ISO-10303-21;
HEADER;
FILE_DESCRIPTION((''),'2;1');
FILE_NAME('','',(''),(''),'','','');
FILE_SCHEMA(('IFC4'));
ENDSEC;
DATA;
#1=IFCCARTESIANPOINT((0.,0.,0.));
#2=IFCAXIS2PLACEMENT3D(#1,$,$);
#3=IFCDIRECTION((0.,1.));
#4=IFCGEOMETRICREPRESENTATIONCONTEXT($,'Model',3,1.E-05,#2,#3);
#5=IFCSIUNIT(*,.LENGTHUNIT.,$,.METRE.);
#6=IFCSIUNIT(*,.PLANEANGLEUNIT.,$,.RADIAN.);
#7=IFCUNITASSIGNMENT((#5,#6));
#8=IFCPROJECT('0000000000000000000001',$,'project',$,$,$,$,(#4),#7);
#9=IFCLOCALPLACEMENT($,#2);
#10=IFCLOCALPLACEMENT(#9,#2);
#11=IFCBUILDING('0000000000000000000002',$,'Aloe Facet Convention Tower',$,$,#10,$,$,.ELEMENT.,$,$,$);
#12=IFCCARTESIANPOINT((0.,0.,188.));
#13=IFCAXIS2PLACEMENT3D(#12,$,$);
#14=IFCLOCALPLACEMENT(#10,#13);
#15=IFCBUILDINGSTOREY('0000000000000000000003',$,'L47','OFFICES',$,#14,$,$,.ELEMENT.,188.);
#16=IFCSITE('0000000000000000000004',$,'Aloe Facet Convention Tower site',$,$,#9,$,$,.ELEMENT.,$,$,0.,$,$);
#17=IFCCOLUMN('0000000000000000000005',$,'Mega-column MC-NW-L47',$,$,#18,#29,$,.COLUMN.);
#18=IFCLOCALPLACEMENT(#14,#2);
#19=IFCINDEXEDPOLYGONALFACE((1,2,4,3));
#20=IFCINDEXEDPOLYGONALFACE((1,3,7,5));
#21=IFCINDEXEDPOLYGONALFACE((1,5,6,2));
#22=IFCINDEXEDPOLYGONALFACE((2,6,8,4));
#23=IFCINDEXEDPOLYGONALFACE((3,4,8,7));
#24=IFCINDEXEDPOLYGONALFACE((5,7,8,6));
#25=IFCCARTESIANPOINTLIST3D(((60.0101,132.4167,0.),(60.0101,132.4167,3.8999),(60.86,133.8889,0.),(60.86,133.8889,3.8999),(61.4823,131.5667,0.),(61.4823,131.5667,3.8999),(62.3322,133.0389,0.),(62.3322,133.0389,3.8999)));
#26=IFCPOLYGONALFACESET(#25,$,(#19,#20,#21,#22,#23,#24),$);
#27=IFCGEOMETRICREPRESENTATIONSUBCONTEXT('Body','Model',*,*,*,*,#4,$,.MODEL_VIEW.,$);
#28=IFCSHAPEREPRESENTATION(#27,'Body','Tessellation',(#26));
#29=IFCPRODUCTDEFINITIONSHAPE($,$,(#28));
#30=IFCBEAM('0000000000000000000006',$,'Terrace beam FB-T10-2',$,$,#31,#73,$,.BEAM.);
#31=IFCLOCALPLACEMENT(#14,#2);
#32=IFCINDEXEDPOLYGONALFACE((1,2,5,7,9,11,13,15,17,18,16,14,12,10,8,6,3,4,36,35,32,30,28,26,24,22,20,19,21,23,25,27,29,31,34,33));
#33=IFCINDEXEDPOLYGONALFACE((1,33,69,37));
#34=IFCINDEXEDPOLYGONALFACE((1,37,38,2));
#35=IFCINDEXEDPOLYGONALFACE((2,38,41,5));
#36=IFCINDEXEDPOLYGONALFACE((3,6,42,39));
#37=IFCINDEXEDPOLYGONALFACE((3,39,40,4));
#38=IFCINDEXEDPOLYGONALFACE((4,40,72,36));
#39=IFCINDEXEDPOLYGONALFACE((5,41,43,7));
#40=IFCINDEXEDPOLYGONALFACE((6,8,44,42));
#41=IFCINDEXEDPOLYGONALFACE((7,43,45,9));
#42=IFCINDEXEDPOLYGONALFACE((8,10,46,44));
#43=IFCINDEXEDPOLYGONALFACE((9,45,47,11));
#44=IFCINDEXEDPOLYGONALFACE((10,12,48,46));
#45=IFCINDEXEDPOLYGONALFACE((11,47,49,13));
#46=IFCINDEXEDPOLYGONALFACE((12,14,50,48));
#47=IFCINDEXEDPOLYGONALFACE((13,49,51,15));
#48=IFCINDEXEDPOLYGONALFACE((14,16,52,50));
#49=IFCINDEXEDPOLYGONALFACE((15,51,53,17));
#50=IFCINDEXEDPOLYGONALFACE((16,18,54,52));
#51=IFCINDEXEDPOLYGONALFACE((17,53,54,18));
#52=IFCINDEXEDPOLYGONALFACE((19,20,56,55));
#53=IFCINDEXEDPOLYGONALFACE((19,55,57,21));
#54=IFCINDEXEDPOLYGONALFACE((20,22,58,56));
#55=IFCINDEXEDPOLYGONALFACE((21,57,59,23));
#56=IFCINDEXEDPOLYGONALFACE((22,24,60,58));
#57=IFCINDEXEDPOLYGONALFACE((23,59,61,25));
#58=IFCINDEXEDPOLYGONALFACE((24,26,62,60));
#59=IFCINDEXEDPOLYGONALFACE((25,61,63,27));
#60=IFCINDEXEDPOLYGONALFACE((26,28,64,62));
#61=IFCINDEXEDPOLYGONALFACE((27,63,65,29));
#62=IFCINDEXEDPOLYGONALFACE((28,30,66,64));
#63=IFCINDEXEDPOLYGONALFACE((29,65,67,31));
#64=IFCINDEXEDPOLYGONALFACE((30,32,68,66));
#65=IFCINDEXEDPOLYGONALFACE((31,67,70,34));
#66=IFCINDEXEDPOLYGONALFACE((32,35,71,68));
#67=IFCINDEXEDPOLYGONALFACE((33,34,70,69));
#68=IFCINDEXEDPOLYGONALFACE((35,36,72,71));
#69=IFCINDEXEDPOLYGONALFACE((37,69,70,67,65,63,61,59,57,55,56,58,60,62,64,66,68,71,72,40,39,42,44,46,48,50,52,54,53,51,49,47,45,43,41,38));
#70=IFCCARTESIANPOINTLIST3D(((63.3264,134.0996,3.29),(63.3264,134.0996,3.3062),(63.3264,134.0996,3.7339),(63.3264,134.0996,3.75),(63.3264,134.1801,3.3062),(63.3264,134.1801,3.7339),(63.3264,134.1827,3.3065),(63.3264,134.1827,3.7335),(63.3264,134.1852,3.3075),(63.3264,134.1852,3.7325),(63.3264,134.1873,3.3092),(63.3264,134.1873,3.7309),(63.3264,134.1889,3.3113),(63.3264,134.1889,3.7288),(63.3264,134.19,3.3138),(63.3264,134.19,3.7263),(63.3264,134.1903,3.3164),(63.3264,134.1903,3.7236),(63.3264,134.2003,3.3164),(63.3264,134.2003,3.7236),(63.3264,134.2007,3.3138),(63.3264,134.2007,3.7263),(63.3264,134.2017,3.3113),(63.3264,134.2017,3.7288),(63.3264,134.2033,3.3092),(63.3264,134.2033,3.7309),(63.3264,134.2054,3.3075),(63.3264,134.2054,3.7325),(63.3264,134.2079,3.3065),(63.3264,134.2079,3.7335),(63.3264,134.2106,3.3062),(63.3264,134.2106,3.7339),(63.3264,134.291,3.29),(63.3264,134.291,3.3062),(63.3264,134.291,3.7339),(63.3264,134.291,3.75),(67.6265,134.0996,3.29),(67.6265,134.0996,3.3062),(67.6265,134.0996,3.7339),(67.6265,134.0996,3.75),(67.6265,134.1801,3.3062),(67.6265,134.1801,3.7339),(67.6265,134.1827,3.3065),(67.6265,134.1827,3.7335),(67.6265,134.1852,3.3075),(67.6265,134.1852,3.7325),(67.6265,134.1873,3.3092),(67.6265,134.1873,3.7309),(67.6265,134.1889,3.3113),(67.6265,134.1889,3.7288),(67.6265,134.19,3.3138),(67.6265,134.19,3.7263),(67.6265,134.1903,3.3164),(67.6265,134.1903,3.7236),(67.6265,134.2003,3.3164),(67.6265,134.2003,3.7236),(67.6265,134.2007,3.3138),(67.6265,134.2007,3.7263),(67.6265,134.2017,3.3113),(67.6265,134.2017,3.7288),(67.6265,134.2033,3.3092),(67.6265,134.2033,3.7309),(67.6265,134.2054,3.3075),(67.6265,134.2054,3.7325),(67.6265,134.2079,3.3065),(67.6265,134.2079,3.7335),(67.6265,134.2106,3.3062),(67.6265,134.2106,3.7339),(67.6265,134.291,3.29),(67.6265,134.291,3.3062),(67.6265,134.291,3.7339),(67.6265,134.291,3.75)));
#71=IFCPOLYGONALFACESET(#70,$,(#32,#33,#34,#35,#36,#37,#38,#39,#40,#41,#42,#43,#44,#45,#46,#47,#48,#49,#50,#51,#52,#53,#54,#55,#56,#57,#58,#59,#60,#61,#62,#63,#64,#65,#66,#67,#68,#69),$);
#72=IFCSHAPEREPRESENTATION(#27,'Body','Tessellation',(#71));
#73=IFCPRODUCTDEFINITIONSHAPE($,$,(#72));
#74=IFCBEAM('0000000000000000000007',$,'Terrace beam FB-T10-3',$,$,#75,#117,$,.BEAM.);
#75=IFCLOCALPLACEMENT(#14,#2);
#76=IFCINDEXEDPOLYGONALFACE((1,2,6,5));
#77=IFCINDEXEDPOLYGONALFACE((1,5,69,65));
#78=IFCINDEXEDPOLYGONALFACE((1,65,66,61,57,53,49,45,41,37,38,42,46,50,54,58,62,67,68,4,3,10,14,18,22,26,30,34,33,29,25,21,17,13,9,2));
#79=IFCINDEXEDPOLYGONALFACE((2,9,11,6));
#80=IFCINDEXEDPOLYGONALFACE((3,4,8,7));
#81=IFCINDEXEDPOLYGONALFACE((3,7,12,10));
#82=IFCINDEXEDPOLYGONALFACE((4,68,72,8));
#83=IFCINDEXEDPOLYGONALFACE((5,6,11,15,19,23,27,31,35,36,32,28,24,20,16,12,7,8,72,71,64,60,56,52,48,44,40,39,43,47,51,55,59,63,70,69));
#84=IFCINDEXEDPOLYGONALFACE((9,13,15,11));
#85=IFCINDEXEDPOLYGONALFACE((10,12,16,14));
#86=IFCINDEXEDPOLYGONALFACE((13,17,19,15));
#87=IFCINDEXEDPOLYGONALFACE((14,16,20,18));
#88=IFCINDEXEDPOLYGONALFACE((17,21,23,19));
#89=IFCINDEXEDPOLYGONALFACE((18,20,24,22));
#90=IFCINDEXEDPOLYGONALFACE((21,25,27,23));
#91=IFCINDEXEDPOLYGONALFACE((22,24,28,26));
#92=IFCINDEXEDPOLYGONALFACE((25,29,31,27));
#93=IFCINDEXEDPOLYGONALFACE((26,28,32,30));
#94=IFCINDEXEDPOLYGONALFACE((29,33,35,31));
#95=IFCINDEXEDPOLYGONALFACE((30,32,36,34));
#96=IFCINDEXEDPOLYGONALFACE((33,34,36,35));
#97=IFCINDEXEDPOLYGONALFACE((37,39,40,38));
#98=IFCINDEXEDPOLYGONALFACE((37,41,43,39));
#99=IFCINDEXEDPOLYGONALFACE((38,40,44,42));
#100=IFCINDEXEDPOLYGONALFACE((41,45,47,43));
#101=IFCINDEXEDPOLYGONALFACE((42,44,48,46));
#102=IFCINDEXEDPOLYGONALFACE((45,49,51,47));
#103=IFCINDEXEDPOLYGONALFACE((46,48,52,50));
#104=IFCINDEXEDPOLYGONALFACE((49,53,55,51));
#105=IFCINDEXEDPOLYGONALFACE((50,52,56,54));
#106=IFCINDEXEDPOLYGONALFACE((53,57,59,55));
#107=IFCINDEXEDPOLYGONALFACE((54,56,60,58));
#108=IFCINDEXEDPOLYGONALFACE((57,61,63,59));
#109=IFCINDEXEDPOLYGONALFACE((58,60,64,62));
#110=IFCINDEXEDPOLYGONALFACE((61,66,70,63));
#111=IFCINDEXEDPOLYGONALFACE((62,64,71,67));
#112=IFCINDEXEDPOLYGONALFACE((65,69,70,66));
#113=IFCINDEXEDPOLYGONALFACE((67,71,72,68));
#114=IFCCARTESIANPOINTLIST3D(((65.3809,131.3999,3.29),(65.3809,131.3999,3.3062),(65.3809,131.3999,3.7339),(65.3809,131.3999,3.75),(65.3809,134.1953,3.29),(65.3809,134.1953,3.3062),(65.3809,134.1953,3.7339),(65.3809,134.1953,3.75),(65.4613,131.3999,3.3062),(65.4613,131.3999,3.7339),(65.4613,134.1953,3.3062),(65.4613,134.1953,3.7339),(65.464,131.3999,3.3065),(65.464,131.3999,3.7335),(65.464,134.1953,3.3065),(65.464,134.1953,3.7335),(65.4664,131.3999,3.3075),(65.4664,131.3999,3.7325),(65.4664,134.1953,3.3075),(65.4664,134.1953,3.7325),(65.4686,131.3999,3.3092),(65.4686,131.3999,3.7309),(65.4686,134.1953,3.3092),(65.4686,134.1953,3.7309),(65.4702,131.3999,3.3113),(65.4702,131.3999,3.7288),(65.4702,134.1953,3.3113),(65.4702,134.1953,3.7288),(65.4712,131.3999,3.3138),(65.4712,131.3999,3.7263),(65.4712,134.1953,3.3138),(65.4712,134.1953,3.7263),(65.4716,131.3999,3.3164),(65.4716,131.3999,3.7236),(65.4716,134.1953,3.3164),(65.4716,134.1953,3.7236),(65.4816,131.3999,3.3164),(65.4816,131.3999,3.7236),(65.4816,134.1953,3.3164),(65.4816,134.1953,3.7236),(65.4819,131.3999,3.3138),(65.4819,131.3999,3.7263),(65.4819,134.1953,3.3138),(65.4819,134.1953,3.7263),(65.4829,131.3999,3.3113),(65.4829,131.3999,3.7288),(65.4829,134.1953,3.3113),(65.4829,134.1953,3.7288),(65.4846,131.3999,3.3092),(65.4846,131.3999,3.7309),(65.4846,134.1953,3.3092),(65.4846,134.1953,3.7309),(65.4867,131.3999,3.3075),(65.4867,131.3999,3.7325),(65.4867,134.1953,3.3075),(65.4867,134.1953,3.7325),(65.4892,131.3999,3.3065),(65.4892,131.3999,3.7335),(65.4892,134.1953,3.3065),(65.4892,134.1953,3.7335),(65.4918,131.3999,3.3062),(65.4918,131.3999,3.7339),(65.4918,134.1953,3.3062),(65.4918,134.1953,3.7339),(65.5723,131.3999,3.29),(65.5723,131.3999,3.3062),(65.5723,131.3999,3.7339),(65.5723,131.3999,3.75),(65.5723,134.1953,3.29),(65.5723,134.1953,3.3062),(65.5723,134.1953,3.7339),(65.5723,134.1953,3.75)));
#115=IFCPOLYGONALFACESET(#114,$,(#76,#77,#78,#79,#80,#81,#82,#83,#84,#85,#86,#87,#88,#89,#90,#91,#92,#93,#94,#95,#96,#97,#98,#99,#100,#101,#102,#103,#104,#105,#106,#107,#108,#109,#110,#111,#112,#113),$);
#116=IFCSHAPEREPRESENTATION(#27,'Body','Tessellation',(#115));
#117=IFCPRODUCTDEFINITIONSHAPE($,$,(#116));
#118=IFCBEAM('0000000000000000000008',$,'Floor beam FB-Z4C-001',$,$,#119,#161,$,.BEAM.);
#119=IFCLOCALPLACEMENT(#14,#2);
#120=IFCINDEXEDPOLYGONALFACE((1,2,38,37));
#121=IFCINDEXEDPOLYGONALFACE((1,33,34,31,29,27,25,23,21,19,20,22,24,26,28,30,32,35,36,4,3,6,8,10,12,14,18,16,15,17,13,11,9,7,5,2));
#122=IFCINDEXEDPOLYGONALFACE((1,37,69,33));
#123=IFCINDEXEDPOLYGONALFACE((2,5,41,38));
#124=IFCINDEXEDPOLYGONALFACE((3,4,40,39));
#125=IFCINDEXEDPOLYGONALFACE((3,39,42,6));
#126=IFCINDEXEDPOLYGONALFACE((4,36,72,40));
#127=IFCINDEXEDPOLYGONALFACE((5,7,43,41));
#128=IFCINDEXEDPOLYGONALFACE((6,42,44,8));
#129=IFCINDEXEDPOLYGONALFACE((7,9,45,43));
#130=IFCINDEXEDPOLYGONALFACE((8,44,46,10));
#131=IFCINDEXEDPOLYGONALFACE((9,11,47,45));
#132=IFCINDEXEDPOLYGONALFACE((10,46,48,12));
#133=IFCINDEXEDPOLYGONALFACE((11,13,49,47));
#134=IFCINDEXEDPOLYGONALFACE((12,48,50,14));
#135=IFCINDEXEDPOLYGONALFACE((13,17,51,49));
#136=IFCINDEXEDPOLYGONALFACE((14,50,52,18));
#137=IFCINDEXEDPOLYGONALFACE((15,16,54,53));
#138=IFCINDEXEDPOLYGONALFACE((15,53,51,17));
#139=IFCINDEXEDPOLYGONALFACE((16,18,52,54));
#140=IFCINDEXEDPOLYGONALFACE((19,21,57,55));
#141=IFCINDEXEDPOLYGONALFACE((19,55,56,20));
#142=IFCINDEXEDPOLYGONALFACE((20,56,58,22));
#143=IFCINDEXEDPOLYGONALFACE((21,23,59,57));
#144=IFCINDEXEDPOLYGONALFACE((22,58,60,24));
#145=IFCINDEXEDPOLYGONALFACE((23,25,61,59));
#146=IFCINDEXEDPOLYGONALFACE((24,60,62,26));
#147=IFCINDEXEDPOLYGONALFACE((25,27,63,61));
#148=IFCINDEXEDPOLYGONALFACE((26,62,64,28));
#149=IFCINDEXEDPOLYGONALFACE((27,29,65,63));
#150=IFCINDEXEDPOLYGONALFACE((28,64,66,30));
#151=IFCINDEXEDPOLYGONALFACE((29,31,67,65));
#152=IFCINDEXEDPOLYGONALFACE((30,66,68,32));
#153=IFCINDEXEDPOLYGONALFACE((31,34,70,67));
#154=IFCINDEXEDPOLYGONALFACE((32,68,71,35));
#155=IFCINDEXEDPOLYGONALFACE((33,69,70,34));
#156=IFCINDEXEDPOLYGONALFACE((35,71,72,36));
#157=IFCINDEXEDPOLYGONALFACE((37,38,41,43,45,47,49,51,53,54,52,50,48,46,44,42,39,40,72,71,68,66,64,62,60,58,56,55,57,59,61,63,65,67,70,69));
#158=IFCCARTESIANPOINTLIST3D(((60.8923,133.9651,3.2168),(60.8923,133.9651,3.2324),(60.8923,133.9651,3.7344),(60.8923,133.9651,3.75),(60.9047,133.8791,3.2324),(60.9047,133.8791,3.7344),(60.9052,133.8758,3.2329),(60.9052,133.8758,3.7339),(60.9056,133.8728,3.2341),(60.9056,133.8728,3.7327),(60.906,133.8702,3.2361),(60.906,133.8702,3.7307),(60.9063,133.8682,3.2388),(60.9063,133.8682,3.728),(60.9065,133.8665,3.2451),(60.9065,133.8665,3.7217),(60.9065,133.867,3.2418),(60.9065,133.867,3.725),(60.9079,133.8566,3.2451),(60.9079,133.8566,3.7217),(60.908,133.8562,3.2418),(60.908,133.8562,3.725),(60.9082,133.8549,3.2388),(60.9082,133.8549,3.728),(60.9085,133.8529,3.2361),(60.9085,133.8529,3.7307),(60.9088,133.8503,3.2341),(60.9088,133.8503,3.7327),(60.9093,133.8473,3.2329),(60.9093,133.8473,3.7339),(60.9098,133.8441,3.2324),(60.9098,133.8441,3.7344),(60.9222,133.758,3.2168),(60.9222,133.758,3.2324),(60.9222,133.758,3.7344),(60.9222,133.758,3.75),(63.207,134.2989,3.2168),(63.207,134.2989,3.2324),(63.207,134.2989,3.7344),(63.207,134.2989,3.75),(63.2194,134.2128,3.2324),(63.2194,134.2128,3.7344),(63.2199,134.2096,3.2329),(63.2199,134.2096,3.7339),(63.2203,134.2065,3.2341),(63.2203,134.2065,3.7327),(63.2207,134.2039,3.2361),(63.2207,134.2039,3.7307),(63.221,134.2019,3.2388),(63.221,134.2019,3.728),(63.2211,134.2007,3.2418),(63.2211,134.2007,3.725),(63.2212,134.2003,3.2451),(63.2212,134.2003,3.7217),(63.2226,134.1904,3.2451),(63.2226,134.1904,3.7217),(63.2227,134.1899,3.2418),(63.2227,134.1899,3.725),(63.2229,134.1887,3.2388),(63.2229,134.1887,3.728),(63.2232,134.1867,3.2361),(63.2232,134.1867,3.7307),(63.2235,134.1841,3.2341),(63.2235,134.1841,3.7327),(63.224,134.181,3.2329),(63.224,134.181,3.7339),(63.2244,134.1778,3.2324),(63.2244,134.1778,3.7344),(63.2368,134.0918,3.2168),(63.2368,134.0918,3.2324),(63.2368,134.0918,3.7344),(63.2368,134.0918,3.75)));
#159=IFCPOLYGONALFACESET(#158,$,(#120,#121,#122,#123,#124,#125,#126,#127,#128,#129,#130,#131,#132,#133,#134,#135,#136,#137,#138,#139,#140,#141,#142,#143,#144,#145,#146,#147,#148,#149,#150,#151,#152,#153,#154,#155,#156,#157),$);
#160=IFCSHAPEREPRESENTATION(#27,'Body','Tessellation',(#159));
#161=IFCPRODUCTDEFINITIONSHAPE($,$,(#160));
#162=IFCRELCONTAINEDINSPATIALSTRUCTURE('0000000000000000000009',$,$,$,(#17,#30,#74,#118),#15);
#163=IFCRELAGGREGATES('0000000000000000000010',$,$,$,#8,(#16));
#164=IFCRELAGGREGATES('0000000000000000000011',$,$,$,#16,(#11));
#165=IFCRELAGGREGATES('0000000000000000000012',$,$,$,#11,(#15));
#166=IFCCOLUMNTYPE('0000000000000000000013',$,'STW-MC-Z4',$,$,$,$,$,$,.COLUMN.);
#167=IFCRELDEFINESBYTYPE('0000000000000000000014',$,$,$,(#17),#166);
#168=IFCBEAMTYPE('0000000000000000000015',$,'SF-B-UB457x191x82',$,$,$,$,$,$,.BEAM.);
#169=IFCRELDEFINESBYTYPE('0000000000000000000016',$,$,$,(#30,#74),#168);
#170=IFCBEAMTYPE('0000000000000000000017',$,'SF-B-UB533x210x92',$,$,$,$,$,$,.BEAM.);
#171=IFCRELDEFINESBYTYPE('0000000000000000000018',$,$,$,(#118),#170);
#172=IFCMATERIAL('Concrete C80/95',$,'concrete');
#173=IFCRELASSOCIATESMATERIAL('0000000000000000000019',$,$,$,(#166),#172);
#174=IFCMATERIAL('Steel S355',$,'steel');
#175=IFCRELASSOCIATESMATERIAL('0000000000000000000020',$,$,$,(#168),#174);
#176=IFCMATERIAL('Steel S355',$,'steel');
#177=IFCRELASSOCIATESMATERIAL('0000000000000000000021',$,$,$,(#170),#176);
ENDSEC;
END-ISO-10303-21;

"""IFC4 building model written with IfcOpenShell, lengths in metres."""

from ifc_helpers import new_model, si_unit, direction, frame, origin, origin_2d, place, context, subcontext, project, spatial, rectangle, i_section, extrude, material, material_profile, profile_set, type_object, element, save


model = new_model("IFC4")

# Units and contexts
model_context = context("Model", 3, precision=1e-05, world=origin(), true_north=direction((0.0, 1.0)))
body_context = subcontext(model_context, "Body", "Model", "MODEL_VIEW")
ifc_project = project(units=[si_unit("LENGTHUNIT", "METRE"), si_unit("PLANEANGLEUNIT", "RADIAN")], contexts=[model_context])

# Site, building, storey
site_placement = place(None, origin())
site = spatial("IfcSite", under=ifc_project, at=site_placement, Name="Aloe Facet Convention Tower site", CompositionType="ELEMENT", RefElevation=0.0)
building_placement = place(site_placement, origin())
building = spatial("IfcBuilding", under=site, at=building_placement, Name="Aloe Facet Convention Tower", CompositionType="ELEMENT")
storey_placement = place(building_placement, frame((0.0, 0.0, 188.0)))
storey = spatial("IfcBuildingStorey", under=building, at=storey_placement, Name="L47", Description="OFFICES", CompositionType="ELEMENT", Elevation=188.0)

# Column
ifc_material_1 = material(Name="Concrete C80/95", Category="concrete")
ifc_material_profile_1 = material_profile(ifc_material_1, rectangle(XDim=1.7, YDim=1.7, at=origin_2d()), Name="STW-MC-Z4")
ifc_profile_set_1 = profile_set([ifc_material_profile_1], Name="Concrete C80/95")
column_type = type_object("IfcColumnType", Name="STW-MC-Z4", PredefinedType="COLUMN", material=ifc_profile_set_1)
column_placement = place(storey_placement, frame((61.1711, 132.7278, 0.0), z_axis=(0.0, 0.0, 1.0), x_axis=(-0.5, -0.866025, 0.0)))
element("IfcColumn", 1, at=column_placement, inside=storey, type_object=column_type, Name="Mega-column MC-NW-L47", PredefinedType="COLUMN", context=body_context, shape_type="SweptSolid", body=[
    extrude(rectangle(XDim=1.7, YDim=1.7, at=origin_2d()), origin(), (0.0, 0.0, 1.0), 3.8999),
])

# Beams
ifc_material_2 = material(Name="Steel S355", Category="steel")
ifc_material_profile_2 = material_profile(ifc_material_2, i_section(OverallWidth=0.1914, OverallDepth=0.46, WebThickness=0.01, FlangeThickness=0.0161, FilletRadius=0.0103, at=origin_2d()), Name="UB 457x191x82")
ifc_profile_set_2 = profile_set([ifc_material_profile_2], Name="Steel S355")
beam_type_1 = type_object("IfcBeamType", Name="SF-B-UB457x191x82", PredefinedType="BEAM", material=ifc_profile_set_2)
beam_1_placement = place(storey_placement, frame((63.3264, 134.1953, 3.52), z_axis=(1.0, 0.0, 0.0), x_axis=(0.0, 1.0, 0.0)))
element("IfcBeam", 2, at=beam_1_placement, inside=storey, type_object=beam_type_1, Name="Terrace beam FB-T10-2", PredefinedType="BEAM", context=body_context, shape_type="SweptSolid", body=[
    extrude(i_section(OverallWidth=0.1914, OverallDepth=0.46, WebThickness=0.01, FlangeThickness=0.0161, FilletRadius=0.0103, at=origin_2d()), origin(), (0.0, 0.0, 1.0), 4.3),
])
beam_2_placement = place(storey_placement, frame((65.4766, 131.3999, 3.52), z_axis=(0.0, 1.0, 0.0), x_axis=(-1.0, 0.0, 0.0)))
element("IfcBeam", 3, at=beam_2_placement, inside=storey, type_object=beam_type_1, Name="Terrace beam FB-T10-3", PredefinedType="BEAM", context=body_context, shape_type="SweptSolid", body=[
    extrude(i_section(OverallWidth=0.1914, OverallDepth=0.46, WebThickness=0.01, FlangeThickness=0.0161, FilletRadius=0.0103, at=origin_2d()), origin(), (0.0, 0.0, 1.0), 2.7954),
])
ifc_material_3 = material(Name="Steel S355", Category="steel")
ifc_material_profile_3 = material_profile(ifc_material_3, i_section(OverallWidth=0.2092, OverallDepth=0.5332, WebThickness=0.01, FlangeThickness=0.0156, FilletRadius=0.0127, at=origin_2d()), Name="UB 533x210x92")
ifc_profile_set_3 = profile_set([ifc_material_profile_3], Name="Steel S355")
beam_type_2 = type_object("IfcBeamType", Name="SF-B-UB533x210x92", PredefinedType="BEAM", material=ifc_profile_set_3)
beam_3_placement = place(storey_placement, frame((60.9072, 133.8616, 3.4834), z_axis=(0.989765, 0.142707, 0.0), x_axis=(-0.142707, 0.989765, 0.0)))
element("IfcBeam", 4, at=beam_3_placement, inside=storey, type_object=beam_type_2, Name="Floor beam FB-Z4C-001", PredefinedType="BEAM", context=body_context, shape_type="SweptSolid", body=[
    extrude(i_section(OverallWidth=0.2092, OverallDepth=0.5332, WebThickness=0.01, FlangeThickness=0.0156, FilletRadius=0.0127, at=origin_2d()), origin(), (0.0, 0.0, 1.0), 2.3386),
])

save(model, "model.ifc")
